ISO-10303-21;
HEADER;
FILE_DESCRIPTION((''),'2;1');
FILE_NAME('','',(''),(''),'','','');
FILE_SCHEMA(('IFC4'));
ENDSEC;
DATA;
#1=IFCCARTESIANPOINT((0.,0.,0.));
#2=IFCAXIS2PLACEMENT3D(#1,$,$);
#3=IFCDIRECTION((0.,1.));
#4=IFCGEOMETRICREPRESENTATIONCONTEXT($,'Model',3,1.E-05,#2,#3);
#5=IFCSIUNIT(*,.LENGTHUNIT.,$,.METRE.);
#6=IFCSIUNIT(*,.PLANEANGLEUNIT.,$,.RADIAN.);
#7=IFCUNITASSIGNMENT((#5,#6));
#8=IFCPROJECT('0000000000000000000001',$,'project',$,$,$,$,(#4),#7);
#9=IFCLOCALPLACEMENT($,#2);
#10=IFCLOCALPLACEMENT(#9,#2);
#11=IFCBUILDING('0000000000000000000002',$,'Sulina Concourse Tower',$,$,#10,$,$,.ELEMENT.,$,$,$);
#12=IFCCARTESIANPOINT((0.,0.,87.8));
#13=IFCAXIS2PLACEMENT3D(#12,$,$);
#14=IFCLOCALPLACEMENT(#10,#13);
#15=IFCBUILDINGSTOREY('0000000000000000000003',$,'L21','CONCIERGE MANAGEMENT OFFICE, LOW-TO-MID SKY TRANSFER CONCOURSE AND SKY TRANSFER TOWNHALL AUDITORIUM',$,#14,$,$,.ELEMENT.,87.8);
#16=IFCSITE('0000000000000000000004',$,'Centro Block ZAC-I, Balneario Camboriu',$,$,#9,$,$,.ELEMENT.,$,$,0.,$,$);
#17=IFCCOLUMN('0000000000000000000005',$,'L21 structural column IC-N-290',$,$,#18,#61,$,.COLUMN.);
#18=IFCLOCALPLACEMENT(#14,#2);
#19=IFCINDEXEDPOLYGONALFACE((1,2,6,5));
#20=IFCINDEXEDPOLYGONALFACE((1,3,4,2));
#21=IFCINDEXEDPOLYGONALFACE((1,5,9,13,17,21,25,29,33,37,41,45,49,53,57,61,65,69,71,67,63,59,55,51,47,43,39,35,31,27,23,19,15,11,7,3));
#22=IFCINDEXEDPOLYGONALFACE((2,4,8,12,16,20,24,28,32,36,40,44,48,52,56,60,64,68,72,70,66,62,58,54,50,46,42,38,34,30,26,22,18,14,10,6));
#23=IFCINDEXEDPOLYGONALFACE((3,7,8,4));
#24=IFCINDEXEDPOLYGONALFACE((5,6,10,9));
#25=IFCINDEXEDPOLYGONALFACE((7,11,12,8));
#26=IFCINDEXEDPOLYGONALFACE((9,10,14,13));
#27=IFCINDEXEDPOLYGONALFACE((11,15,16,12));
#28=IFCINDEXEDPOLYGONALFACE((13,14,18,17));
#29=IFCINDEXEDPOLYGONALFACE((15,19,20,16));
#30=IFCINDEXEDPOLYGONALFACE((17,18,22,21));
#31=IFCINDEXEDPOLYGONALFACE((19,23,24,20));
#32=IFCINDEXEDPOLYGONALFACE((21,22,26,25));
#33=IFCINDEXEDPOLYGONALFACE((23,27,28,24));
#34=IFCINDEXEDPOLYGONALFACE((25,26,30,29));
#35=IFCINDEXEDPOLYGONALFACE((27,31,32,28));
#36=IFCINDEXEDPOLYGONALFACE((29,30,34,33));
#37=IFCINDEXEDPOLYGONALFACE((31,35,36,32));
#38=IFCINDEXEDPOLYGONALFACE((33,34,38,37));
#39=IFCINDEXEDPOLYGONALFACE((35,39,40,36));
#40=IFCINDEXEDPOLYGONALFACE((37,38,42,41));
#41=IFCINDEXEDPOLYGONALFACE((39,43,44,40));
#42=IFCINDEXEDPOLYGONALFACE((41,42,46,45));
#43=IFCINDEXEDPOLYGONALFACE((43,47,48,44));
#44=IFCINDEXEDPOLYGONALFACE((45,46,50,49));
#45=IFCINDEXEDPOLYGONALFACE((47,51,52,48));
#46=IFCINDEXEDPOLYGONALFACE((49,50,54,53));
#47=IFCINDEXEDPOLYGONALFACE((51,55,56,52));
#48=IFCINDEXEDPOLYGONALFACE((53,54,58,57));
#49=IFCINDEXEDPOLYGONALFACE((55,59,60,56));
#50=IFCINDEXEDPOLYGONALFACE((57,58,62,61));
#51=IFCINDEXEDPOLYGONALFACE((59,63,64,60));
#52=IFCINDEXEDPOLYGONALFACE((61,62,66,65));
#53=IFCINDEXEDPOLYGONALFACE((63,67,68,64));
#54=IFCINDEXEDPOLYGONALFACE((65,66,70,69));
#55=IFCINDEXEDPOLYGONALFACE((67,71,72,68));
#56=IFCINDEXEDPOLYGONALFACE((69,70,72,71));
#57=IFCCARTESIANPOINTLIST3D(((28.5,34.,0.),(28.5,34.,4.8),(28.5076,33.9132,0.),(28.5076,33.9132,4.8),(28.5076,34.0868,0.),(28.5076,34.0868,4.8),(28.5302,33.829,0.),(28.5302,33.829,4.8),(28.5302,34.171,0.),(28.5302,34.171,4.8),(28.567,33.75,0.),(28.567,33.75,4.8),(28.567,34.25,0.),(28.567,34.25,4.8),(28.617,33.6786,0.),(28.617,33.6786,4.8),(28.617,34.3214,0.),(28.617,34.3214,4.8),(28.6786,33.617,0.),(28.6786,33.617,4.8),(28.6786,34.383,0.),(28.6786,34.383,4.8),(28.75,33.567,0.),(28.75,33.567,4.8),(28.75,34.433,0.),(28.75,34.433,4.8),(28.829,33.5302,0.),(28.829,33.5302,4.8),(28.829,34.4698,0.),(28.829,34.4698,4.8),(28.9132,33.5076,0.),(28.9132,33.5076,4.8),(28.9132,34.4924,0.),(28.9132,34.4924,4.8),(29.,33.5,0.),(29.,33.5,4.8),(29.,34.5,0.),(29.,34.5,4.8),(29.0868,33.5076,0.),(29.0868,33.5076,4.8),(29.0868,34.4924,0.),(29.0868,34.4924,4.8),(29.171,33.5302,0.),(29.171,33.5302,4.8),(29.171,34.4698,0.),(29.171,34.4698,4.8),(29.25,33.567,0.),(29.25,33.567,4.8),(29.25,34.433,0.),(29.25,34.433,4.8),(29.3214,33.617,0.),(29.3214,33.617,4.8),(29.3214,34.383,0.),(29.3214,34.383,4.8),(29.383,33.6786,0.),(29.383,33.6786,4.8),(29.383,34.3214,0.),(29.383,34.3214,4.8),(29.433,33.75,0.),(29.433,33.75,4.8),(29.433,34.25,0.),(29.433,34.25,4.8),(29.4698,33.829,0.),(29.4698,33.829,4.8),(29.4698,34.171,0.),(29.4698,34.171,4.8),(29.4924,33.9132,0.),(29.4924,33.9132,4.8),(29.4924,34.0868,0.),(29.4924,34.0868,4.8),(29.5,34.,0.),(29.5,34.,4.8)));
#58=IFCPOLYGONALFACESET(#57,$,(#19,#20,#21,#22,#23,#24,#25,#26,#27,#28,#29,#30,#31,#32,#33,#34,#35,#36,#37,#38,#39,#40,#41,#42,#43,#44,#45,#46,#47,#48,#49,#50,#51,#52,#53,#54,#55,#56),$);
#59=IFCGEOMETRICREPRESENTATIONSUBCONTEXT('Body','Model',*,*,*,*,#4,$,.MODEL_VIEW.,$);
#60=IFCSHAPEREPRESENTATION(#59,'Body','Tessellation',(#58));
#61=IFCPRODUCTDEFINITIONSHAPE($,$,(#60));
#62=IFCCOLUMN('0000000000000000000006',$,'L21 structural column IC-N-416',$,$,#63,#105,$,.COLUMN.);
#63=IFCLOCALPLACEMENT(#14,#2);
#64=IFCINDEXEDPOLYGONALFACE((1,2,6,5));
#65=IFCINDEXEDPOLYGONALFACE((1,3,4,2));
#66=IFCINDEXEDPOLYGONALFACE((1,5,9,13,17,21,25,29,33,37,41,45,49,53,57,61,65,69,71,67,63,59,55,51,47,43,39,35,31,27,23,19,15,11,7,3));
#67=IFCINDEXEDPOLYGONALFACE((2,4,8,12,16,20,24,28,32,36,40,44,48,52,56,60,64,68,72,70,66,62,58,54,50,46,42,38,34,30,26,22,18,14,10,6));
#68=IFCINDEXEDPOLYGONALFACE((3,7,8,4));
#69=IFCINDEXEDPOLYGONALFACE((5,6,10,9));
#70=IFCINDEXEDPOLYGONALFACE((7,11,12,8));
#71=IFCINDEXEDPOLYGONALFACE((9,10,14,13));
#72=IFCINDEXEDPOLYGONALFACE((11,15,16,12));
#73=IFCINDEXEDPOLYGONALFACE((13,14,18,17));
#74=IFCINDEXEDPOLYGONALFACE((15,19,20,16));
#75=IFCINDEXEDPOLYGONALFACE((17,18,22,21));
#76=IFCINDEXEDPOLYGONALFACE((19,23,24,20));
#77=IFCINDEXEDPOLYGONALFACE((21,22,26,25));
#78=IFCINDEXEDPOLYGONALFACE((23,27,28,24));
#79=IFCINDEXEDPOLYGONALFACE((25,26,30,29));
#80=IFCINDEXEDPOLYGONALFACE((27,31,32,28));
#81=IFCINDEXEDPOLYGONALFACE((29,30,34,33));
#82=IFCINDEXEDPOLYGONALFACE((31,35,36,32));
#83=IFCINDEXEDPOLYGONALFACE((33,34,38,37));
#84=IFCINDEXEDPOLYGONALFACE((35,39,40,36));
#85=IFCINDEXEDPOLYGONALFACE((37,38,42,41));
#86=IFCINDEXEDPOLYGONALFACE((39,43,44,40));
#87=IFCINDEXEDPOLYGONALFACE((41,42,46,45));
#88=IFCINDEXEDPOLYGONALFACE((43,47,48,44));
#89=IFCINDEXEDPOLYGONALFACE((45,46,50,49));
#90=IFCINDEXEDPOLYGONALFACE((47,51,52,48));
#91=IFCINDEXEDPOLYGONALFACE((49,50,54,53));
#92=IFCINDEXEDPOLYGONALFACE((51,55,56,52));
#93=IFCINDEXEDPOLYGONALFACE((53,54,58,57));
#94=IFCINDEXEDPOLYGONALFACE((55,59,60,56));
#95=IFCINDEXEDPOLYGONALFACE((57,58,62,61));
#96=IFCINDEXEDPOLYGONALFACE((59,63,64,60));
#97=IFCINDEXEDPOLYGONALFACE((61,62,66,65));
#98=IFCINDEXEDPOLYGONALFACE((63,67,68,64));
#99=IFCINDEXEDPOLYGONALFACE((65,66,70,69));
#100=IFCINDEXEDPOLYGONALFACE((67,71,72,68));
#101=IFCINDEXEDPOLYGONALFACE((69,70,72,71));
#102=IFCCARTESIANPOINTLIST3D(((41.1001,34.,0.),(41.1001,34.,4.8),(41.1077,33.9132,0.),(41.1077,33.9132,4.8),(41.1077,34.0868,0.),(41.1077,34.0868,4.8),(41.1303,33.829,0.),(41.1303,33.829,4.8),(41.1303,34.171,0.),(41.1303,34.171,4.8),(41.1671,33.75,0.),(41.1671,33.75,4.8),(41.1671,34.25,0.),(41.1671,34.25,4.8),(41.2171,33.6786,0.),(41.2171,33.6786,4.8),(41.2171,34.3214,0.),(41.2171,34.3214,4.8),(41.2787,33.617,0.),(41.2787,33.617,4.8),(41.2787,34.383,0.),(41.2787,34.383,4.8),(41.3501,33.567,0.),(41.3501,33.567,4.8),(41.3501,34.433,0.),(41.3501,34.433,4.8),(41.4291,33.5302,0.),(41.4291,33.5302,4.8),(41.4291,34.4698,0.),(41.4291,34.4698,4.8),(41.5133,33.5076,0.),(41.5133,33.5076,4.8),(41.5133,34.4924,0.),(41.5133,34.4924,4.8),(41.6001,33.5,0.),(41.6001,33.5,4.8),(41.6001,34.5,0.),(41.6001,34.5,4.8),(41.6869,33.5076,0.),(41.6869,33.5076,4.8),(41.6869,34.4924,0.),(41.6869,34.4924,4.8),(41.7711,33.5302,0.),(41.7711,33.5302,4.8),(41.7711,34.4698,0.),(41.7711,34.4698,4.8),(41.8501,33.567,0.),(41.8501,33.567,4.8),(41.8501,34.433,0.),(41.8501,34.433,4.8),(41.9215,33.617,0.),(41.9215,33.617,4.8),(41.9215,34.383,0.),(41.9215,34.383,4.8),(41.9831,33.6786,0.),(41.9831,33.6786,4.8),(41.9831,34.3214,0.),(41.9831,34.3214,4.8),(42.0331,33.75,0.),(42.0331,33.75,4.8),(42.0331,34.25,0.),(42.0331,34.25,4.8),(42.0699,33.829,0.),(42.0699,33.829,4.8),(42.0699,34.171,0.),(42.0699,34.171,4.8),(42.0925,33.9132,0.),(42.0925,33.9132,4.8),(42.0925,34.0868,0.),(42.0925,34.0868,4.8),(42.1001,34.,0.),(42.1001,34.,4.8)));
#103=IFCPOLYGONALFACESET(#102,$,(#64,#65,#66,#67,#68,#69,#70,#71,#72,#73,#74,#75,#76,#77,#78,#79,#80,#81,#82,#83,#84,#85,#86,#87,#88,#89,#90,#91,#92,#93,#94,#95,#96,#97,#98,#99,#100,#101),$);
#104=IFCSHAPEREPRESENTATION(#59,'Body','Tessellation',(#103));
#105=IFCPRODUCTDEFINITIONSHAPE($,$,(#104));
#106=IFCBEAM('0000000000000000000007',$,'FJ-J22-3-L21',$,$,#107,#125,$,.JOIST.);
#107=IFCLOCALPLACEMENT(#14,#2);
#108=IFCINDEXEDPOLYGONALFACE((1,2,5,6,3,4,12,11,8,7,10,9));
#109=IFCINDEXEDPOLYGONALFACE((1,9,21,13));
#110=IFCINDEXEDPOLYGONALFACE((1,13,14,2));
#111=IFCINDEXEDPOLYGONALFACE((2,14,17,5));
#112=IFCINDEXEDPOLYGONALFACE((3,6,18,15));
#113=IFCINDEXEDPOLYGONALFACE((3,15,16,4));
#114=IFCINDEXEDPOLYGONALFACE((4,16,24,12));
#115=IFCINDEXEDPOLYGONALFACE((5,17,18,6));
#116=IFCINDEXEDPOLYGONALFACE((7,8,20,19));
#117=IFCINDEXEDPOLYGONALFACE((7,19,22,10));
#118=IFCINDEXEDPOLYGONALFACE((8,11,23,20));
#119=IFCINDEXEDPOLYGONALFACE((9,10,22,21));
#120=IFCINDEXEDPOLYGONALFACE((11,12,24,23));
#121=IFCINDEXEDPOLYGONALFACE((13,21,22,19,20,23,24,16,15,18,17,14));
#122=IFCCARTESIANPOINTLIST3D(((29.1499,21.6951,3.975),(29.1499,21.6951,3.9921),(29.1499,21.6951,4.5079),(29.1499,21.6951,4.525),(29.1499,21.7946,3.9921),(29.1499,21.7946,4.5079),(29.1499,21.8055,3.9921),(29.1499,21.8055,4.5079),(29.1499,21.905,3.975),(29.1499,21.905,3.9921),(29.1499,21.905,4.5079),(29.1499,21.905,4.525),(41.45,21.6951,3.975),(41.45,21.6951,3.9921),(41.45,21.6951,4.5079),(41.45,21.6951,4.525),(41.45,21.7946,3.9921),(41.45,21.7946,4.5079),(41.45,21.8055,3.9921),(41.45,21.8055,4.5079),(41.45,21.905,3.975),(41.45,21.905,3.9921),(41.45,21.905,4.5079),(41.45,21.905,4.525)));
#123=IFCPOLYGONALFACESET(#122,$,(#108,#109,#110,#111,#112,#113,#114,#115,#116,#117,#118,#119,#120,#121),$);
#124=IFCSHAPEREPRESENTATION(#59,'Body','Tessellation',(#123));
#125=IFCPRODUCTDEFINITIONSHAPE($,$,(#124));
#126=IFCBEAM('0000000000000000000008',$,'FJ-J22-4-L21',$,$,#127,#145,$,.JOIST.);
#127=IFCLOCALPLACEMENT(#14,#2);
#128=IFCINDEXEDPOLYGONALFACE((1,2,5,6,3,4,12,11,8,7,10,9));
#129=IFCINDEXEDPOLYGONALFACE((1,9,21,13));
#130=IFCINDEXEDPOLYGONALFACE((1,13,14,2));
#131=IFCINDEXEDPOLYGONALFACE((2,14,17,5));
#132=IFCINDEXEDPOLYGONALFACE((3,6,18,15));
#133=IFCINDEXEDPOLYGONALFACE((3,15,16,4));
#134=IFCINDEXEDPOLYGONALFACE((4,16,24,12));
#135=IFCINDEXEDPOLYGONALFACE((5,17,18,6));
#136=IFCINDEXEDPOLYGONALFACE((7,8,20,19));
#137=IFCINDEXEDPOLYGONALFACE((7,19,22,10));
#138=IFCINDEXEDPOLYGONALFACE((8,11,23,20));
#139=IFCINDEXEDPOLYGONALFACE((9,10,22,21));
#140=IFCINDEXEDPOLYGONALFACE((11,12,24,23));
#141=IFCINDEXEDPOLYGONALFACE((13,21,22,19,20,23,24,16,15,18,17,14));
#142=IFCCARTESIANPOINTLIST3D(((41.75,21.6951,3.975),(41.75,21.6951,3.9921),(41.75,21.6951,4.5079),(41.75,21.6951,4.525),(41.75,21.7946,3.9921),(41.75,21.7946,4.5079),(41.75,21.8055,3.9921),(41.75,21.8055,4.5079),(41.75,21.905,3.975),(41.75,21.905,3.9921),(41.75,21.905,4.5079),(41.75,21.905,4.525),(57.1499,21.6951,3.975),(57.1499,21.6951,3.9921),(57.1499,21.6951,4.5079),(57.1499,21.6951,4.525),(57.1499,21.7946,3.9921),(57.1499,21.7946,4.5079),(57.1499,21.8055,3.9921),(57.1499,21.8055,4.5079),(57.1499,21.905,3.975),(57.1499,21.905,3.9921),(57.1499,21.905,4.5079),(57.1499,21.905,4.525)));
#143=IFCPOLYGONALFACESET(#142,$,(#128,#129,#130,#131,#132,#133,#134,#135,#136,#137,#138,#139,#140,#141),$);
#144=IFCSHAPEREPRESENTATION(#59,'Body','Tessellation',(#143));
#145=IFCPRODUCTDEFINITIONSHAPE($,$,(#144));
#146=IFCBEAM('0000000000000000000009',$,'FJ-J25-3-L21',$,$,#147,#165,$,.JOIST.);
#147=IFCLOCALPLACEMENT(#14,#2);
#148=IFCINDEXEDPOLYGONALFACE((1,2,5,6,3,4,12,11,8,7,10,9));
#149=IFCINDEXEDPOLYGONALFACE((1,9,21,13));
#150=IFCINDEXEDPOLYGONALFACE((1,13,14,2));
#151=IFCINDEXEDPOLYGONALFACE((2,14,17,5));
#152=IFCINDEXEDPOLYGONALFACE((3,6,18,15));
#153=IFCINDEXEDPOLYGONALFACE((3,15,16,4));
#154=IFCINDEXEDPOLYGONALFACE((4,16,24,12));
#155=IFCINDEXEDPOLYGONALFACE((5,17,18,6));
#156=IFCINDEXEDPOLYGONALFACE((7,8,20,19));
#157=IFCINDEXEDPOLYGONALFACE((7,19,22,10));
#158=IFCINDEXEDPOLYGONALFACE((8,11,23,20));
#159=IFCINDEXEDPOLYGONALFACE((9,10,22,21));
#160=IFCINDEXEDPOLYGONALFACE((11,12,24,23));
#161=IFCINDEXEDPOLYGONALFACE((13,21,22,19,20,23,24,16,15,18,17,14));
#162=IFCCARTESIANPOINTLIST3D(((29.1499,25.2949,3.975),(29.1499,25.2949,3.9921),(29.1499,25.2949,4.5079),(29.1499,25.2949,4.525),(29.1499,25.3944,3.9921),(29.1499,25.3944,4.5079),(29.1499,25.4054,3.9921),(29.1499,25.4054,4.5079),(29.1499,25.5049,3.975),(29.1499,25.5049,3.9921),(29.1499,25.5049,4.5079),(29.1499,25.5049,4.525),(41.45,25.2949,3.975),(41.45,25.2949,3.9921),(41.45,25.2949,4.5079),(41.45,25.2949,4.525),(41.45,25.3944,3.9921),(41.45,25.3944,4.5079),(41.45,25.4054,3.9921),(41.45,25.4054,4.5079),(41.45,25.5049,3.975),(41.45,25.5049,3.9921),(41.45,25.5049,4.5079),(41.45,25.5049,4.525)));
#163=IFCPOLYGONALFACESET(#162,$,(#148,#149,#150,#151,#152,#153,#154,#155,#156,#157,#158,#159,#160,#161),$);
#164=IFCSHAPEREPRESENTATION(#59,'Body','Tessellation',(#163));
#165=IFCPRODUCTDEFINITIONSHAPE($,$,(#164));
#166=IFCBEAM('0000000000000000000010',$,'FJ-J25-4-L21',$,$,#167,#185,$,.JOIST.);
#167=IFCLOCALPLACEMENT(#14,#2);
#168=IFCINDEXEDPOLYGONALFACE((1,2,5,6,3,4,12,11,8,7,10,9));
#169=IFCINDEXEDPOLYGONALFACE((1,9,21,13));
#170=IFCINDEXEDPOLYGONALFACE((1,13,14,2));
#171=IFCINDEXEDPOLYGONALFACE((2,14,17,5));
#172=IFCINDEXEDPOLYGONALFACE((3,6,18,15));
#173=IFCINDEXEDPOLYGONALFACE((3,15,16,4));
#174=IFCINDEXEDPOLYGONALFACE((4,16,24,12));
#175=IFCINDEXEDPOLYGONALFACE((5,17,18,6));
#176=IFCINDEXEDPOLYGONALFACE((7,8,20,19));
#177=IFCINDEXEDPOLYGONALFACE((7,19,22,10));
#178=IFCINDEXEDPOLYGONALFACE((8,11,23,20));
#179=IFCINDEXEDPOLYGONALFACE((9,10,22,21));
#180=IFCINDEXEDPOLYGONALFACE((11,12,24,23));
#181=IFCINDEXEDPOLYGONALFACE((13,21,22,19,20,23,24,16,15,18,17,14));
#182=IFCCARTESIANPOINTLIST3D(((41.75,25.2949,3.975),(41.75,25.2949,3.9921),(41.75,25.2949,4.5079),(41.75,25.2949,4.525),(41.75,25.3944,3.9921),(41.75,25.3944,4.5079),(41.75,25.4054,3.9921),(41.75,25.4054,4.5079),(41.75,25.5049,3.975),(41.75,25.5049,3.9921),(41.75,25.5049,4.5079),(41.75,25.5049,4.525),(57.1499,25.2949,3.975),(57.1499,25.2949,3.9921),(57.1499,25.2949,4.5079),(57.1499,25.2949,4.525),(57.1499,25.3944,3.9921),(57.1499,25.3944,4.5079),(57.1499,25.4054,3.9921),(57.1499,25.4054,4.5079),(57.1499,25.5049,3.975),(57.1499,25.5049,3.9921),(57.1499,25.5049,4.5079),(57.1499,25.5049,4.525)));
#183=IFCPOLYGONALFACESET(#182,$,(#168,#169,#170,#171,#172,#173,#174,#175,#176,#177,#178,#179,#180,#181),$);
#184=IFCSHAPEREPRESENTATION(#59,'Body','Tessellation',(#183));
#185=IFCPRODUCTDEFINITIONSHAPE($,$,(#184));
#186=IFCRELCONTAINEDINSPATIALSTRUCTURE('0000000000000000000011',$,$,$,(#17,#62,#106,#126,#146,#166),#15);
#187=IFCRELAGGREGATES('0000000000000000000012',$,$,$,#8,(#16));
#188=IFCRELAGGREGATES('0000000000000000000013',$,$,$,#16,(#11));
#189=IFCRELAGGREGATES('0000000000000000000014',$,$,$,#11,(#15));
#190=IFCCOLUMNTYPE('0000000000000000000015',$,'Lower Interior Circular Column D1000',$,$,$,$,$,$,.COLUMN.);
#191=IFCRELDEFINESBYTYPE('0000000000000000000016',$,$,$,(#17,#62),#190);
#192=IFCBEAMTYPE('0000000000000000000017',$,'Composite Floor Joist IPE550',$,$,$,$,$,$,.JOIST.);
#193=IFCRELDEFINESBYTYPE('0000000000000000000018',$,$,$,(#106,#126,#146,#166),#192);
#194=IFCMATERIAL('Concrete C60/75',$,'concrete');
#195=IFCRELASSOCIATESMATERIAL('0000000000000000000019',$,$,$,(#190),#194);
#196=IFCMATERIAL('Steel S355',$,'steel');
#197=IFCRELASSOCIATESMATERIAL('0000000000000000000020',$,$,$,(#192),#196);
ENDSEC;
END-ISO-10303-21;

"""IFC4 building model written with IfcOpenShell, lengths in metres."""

from ifc_helpers import new_model, si_unit, direction, frame, origin, origin_2d, place, context, subcontext, project, spatial, circle, i_section, extrude, material, material_profile, profile_set, type_object, element, save


model = new_model("IFC4")

# Units and contexts
model_context = context("Model", 3, precision=1e-05, world=origin(), true_north=direction((0.0, 1.0)))
body_context = subcontext(model_context, "Body", "Model", "MODEL_VIEW")
ifc_project = project(units=[si_unit("LENGTHUNIT", "METRE"), si_unit("PLANEANGLEUNIT", "RADIAN")], contexts=[model_context])

# Site, building, storey
site_placement = place(None, origin())
site = spatial("IfcSite", under=ifc_project, at=site_placement, Name="Centro Block ZAC-I, Balneario Camboriu", CompositionType="ELEMENT", RefElevation=0.0)
building_placement = place(site_placement, origin())
building = spatial("IfcBuilding", under=site, at=building_placement, Name="Sulina Concourse Tower", CompositionType="ELEMENT")
storey_placement = place(building_placement, frame((0.0, 0.0, 87.8)))
storey = spatial("IfcBuildingStorey", under=building, at=storey_placement, Name="L21", Description="CONCIERGE MANAGEMENT OFFICE, LOW-TO-MID SKY TRANSFER CONCOURSE AND SKY TRANSFER TOWNHALL AUDITORIUM", CompositionType="ELEMENT", Elevation=87.8)

# Columns
ifc_material_1 = material(Name="Concrete C60/75", Category="concrete")
ifc_material_profile_1 = material_profile(ifc_material_1, circle(Radius=0.5, at=origin_2d()), Name="RC D1000")
ifc_profile_set_1 = profile_set([ifc_material_profile_1], Name="Concrete C60/75")
column_type = type_object("IfcColumnType", Name="Lower Interior Circular Column D1000", PredefinedType="COLUMN", material=ifc_profile_set_1)
for number, where, z_axis, x_axis, name in (
    (1, (29.0, 34.0, 0.0), (0.0, 0.0, 1.0), (1.0, 0.0, 0.0), "L21 structural column IC-N-290"),
    (2, (41.6001, 34.0, 0.0), (0.0, 0.0, 1.0), (1.0, 0.0, 0.0), "L21 structural column IC-N-416"),
):
    element("IfcColumn", number, at=place(storey_placement, frame(where, z_axis=z_axis, x_axis=x_axis)), inside=storey, type_object=column_type, Name=name, PredefinedType="COLUMN", context=body_context, shape_type="SweptSolid", body=[
        extrude(circle(Radius=0.5, at=origin_2d()), origin(), (0.0, 0.0, 1.0), 4.8),
    ])

# Beams
ifc_material_2 = material(Name="Steel S355", Category="steel")
ifc_material_profile_2 = material_profile(ifc_material_2, i_section(OverallWidth=0.21, OverallDepth=0.55, WebThickness=0.011, FlangeThickness=0.0171, at=origin_2d()), Name="IPE 550")
ifc_profile_set_2 = profile_set([ifc_material_profile_2], Name="Steel S355")
beam_type_1 = type_object("IfcBeamType", Name="Composite Floor Joist IPE550", PredefinedType="JOIST", material=ifc_profile_set_2)
beam_1_placement = place(storey_placement, frame((29.1499, 21.8, 4.25), z_axis=(1.0, 0.0, 0.0), x_axis=(0.0, 1.0, 0.0)))
element("IfcBeam", 3, at=beam_1_placement, inside=storey, type_object=beam_type_1, Name="FJ-J22-3-L21", PredefinedType="JOIST", context=body_context, shape_type="SweptSolid", body=[
    extrude(i_section(OverallWidth=0.21, OverallDepth=0.55, WebThickness=0.011, FlangeThickness=0.0171, at=origin_2d()), origin(), (0.0, 0.0, 1.0), 12.3),
])
beam_2_placement = place(storey_placement, frame((41.75, 21.8, 4.25), z_axis=(1.0, 0.0, 0.0), x_axis=(0.0, 1.0, 0.0)))
element("IfcBeam", 4, at=beam_2_placement, inside=storey, type_object=beam_type_1, Name="FJ-J22-4-L21", PredefinedType="JOIST", context=body_context, shape_type="SweptSolid", body=[
    extrude(i_section(OverallWidth=0.21, OverallDepth=0.55, WebThickness=0.011, FlangeThickness=0.0171, at=origin_2d()), origin(), (0.0, 0.0, 1.0), 15.3999),
])
beam_3_placement = place(storey_placement, frame((29.1499, 25.3999, 4.25), z_axis=(1.0, 0.0, 0.0), x_axis=(0.0, 1.0, 0.0)))
element("IfcBeam", 5, at=beam_3_placement, inside=storey, type_object=beam_type_1, Name="FJ-J25-3-L21", PredefinedType="JOIST", context=body_context, shape_type="SweptSolid", body=[
    extrude(i_section(OverallWidth=0.21, OverallDepth=0.55, WebThickness=0.011, FlangeThickness=0.0171, at=origin_2d()), origin(), (0.0, 0.0, 1.0), 12.3),
])
beam_4_placement = place(storey_placement, frame((41.75, 25.3999, 4.25), z_axis=(1.0, 0.0, 0.0), x_axis=(0.0, 1.0, 0.0)))
element("IfcBeam", 6, at=beam_4_placement, inside=storey, type_object=beam_type_1, Name="FJ-J25-4-L21", PredefinedType="JOIST", context=body_context, shape_type="SweptSolid", body=[
    extrude(i_section(OverallWidth=0.21, OverallDepth=0.55, WebThickness=0.011, FlangeThickness=0.0171, at=origin_2d()), origin(), (0.0, 0.0, 1.0), 15.3999),
])

save(model, "model.ifc")
